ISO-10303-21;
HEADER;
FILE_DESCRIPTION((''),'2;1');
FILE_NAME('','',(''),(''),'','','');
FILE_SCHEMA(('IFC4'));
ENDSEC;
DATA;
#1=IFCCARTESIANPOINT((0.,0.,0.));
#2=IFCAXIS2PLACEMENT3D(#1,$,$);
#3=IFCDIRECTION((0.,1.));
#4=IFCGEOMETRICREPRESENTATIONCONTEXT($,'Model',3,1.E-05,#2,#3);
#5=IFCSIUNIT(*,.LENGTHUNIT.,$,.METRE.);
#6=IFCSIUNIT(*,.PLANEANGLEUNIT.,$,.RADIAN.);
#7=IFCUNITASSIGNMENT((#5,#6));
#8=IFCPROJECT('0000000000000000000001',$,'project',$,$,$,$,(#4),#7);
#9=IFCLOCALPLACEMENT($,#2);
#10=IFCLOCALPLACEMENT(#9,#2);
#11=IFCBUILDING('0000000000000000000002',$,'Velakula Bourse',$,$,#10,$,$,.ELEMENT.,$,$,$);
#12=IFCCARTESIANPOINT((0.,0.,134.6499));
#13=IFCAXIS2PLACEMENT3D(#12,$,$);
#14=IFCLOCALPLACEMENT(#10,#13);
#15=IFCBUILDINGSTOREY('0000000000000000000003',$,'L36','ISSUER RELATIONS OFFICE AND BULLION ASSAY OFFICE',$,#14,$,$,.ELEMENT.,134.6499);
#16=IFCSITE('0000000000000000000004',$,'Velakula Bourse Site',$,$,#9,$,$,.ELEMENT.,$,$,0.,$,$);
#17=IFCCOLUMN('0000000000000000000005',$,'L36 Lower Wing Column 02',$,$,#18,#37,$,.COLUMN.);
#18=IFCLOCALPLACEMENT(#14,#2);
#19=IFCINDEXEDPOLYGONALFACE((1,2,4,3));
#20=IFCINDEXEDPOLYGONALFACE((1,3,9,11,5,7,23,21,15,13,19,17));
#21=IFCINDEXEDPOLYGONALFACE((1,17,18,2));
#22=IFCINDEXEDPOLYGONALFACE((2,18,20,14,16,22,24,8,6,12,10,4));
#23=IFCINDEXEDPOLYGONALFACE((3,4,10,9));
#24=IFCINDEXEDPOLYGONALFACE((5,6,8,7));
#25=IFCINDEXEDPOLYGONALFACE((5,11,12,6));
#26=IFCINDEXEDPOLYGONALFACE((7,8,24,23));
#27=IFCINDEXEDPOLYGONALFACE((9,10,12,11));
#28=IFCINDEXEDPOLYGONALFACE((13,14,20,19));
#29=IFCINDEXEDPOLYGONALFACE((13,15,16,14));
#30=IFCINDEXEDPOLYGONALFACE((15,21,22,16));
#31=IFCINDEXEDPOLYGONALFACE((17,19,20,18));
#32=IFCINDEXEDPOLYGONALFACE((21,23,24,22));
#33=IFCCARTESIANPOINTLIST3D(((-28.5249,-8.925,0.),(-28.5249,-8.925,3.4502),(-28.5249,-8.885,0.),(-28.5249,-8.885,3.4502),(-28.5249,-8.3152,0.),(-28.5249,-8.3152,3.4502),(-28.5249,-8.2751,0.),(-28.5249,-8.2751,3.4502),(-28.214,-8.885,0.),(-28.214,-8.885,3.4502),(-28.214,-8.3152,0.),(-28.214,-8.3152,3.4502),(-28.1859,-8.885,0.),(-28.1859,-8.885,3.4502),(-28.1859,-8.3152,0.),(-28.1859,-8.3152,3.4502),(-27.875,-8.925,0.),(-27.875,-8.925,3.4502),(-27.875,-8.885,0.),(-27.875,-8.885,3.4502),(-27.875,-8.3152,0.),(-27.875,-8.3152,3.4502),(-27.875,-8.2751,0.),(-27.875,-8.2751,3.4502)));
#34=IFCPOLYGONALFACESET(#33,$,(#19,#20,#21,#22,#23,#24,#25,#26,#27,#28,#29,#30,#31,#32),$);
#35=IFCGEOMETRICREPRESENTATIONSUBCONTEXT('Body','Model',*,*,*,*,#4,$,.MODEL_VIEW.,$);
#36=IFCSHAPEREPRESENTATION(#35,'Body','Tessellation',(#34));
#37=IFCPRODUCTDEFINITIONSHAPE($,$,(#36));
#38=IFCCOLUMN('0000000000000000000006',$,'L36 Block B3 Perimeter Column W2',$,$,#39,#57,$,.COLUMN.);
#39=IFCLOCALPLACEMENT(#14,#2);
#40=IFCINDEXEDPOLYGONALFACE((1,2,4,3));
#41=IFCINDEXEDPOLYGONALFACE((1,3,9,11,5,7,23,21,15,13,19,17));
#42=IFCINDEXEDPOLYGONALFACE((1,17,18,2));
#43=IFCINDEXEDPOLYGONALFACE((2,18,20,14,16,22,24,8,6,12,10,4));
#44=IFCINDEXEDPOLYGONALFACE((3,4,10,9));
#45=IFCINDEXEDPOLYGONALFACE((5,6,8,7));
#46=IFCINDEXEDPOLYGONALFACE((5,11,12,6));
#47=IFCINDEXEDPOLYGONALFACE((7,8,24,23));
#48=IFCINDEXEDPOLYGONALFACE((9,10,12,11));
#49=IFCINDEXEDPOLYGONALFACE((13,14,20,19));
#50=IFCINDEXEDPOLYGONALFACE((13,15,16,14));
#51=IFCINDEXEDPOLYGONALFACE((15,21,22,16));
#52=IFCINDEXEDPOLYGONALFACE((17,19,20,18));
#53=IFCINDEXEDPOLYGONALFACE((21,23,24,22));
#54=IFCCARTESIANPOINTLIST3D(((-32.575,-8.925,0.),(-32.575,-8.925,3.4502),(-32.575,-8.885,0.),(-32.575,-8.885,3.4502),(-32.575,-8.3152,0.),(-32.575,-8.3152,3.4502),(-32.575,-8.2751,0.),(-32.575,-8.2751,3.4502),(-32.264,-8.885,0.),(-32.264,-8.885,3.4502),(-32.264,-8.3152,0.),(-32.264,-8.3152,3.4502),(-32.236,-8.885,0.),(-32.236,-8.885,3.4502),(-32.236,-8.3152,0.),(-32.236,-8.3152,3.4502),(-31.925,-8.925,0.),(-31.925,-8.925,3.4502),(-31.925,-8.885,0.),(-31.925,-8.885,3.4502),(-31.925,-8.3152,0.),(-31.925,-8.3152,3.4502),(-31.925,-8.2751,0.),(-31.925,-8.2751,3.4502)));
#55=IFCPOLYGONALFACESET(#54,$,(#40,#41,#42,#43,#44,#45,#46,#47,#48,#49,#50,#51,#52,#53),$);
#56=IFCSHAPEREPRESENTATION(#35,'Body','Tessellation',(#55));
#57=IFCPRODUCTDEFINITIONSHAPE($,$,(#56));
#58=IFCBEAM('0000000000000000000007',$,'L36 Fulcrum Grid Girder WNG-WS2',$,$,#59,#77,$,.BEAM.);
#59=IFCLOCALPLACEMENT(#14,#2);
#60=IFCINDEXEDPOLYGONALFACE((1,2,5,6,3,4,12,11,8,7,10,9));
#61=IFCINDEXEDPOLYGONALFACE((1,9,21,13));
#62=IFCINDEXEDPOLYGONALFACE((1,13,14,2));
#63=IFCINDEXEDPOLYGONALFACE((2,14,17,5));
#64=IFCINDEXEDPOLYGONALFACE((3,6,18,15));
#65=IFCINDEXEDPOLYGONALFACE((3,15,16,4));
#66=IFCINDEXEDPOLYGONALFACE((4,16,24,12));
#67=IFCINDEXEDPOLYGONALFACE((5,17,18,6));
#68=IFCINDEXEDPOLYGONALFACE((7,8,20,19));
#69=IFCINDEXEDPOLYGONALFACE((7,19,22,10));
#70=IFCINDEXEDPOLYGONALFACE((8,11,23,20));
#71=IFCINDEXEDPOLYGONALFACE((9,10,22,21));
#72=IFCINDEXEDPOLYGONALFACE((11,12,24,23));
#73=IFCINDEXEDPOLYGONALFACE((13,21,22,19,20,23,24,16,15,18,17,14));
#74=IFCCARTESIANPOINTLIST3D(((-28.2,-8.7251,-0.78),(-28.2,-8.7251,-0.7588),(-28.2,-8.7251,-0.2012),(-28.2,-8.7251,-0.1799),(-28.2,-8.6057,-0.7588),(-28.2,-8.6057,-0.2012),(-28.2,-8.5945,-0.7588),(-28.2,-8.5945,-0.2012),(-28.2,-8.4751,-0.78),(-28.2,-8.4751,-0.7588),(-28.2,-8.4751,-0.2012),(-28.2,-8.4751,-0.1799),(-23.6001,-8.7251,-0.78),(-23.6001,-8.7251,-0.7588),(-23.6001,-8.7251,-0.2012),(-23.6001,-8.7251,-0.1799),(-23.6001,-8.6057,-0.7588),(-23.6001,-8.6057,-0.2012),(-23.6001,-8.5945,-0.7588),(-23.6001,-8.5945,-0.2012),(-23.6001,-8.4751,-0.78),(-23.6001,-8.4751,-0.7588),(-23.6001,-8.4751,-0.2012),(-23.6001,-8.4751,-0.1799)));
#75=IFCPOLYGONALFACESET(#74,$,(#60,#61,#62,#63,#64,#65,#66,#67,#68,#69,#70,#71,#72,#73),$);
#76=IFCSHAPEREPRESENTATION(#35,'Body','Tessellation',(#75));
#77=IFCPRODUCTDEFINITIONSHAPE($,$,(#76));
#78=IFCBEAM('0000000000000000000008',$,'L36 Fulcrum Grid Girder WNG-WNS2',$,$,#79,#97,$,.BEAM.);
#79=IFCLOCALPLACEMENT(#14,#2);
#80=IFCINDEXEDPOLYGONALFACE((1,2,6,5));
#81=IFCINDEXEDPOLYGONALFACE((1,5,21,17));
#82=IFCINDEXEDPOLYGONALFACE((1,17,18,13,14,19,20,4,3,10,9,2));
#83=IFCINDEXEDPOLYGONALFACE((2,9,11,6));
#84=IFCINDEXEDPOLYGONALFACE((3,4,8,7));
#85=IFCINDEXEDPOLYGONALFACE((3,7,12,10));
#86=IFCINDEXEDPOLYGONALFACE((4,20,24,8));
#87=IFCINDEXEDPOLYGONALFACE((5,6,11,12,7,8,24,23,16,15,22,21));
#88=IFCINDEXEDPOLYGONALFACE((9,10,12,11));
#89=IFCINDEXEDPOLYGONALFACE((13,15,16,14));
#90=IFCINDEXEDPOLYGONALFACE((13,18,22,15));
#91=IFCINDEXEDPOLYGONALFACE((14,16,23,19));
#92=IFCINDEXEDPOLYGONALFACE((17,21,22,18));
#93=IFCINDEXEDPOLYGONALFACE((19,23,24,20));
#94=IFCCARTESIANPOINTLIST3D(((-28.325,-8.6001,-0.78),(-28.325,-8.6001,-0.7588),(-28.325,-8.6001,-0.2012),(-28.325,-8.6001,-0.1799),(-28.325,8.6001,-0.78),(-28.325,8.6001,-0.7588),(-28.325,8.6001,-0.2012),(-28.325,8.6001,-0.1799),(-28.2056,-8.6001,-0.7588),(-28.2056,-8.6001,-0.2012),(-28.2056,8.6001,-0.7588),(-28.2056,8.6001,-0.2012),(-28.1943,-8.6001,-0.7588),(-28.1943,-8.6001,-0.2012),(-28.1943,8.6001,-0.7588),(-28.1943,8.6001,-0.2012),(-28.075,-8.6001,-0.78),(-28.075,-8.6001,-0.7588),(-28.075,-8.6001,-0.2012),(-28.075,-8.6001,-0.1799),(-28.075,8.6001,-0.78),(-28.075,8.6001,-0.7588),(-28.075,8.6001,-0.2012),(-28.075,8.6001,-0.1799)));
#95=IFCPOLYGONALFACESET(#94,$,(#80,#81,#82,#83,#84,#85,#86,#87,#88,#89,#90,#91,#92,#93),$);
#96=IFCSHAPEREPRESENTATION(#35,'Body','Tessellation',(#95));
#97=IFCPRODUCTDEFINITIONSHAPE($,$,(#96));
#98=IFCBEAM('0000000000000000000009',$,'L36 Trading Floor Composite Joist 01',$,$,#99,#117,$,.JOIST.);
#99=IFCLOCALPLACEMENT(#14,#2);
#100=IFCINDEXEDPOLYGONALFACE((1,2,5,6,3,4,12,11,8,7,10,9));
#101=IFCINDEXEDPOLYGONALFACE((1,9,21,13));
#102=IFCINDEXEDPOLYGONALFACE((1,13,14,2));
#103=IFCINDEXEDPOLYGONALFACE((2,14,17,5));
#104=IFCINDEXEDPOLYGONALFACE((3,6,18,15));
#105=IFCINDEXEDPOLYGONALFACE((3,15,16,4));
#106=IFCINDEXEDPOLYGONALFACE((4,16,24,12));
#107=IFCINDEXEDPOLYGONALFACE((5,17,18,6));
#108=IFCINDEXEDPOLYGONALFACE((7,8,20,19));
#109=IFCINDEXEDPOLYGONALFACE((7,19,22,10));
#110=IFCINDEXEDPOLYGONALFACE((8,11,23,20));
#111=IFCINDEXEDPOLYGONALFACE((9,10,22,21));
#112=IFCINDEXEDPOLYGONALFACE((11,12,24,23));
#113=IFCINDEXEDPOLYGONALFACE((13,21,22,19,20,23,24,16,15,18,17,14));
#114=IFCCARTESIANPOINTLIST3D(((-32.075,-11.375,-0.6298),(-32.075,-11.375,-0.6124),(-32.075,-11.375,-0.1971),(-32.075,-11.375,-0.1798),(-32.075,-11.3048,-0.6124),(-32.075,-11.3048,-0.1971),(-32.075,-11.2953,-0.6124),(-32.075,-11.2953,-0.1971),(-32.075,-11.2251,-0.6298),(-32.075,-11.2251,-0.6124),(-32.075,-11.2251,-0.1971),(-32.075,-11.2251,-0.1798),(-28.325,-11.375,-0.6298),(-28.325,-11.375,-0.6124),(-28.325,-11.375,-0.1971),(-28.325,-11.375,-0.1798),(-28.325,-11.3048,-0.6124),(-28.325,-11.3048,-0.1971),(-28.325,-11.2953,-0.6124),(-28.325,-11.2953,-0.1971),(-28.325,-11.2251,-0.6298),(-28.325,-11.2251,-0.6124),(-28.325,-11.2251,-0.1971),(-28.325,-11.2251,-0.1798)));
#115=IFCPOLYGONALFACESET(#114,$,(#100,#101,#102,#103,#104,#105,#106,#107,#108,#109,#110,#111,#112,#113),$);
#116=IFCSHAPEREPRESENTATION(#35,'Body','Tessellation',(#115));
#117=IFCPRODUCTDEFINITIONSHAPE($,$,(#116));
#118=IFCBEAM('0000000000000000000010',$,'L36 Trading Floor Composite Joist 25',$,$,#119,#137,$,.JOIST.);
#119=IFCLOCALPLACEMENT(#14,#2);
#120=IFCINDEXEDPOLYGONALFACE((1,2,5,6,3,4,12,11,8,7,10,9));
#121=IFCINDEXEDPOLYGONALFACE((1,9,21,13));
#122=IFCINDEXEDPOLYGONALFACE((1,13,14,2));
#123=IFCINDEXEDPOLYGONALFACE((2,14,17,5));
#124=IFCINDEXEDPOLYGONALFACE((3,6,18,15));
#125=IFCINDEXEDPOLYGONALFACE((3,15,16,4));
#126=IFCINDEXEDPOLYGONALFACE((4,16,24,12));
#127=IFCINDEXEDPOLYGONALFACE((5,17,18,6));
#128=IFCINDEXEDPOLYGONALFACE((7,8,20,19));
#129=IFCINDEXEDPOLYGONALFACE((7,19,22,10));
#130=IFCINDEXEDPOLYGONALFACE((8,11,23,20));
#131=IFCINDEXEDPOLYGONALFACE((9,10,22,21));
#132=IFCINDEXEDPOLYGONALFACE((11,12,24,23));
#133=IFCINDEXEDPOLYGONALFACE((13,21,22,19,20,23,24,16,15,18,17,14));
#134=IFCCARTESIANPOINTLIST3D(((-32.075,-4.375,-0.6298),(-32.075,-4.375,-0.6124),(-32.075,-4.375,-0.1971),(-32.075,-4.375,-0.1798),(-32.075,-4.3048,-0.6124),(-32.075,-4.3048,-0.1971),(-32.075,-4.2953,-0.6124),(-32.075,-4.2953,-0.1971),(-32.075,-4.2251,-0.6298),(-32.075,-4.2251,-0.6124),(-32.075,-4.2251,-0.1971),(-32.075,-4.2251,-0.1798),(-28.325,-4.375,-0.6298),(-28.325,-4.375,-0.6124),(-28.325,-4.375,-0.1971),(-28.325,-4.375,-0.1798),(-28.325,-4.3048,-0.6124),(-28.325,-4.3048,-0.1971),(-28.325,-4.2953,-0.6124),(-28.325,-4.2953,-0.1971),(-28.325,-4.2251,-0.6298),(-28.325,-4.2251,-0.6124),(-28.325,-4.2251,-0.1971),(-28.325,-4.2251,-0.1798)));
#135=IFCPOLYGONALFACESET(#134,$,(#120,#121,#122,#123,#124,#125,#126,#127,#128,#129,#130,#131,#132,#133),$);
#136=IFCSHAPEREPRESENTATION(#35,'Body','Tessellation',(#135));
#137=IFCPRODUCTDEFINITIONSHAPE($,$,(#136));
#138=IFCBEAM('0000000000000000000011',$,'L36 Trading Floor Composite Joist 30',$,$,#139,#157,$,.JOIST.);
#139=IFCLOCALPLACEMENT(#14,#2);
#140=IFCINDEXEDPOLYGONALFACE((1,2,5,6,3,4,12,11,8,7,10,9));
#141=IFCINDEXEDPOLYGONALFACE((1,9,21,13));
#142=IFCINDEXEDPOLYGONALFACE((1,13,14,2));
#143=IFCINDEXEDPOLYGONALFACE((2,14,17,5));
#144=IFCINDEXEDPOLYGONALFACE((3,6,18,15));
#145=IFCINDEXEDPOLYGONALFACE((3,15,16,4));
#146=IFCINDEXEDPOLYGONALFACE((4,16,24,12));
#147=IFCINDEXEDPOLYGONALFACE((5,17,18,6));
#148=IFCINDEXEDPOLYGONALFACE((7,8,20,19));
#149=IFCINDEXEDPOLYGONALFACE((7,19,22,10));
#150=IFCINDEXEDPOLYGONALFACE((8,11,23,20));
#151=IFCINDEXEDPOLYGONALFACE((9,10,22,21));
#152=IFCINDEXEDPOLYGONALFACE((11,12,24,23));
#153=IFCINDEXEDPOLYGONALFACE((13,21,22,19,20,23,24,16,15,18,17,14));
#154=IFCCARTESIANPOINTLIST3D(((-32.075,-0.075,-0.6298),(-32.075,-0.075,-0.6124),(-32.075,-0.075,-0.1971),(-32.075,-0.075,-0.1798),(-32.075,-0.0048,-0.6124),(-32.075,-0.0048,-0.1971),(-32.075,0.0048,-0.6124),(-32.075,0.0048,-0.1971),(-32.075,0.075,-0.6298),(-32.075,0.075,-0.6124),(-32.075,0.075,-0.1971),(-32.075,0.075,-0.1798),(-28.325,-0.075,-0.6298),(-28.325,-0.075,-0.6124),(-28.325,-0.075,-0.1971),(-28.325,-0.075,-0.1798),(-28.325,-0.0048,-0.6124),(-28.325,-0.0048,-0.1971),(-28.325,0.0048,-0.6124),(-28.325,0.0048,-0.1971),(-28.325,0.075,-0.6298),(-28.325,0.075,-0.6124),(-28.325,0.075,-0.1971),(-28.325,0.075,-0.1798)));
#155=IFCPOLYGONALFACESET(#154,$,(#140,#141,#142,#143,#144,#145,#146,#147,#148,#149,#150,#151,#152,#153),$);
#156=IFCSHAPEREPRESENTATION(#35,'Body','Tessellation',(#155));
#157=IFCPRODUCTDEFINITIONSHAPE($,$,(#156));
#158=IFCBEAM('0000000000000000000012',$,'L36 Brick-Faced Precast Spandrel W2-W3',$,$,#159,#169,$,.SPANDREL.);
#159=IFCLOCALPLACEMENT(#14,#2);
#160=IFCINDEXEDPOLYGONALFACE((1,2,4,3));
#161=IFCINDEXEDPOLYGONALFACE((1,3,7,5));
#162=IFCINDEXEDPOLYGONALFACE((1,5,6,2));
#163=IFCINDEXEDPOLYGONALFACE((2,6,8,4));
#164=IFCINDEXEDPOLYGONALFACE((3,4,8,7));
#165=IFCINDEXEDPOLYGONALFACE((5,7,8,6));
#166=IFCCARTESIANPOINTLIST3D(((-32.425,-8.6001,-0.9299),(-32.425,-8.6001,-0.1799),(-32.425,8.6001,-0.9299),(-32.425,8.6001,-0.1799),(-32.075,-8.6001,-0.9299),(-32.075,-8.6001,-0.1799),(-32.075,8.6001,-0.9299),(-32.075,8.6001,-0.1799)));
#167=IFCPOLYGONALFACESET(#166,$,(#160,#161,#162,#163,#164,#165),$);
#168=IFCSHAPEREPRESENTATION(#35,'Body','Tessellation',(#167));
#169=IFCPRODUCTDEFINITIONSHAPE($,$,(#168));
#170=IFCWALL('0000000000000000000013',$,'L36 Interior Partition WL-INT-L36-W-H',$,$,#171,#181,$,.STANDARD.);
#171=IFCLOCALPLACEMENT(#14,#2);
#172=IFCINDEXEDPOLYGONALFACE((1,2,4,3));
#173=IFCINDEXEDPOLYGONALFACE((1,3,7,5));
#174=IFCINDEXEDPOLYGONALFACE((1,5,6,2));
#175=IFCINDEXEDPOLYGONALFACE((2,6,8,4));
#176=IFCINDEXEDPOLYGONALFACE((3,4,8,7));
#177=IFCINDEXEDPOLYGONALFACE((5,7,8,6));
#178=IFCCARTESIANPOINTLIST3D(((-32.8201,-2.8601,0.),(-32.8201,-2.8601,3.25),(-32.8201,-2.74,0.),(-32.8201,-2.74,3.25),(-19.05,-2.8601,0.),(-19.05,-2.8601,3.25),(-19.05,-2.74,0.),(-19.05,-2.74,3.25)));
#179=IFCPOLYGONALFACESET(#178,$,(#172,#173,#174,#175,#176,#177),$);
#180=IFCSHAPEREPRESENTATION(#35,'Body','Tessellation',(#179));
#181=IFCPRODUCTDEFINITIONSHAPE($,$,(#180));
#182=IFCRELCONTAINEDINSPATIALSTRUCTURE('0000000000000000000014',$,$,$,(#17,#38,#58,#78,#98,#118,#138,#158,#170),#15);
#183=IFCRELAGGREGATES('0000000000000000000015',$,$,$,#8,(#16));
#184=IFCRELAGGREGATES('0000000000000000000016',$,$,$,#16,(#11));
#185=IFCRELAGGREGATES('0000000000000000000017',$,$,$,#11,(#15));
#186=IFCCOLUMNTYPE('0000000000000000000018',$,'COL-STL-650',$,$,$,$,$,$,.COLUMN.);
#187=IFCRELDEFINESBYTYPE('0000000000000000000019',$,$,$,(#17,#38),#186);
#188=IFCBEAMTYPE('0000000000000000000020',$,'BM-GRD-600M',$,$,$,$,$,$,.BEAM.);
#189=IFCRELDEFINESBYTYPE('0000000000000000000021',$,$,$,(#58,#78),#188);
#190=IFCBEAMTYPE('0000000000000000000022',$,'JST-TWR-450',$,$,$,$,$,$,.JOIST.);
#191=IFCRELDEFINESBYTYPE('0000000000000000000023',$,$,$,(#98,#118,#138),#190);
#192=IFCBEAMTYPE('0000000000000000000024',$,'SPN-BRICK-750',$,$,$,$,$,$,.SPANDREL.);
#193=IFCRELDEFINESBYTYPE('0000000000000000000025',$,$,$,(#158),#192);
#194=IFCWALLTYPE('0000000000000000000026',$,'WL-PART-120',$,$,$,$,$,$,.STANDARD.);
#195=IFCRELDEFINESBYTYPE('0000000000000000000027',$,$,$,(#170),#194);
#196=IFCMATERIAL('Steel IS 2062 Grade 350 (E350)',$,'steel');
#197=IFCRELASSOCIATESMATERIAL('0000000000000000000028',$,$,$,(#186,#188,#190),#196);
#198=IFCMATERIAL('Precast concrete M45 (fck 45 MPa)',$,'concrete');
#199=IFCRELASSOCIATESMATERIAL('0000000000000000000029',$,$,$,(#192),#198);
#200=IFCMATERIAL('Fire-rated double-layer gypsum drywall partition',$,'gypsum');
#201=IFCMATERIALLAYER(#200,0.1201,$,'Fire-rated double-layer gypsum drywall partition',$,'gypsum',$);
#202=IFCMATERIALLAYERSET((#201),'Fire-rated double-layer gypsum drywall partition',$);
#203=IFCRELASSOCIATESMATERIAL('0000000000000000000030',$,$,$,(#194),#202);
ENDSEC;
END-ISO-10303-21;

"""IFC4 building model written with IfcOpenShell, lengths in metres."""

from ifc_helpers import new_model, si_unit, direction, frame, frame_2d, origin, origin_2d, place, context, subcontext, project, spatial, rectangle, i_section, extrude, material, layer, layer_set, material_profile, profile_set, type_object, element, save


model = new_model("IFC4")

# Units and contexts
model_context = context("Model", 3, precision=1e-05, world=origin(), true_north=direction((0.0, 1.0)))
body_context = subcontext(model_context, "Body", "Model", "MODEL_VIEW")
ifc_project = project(units=[si_unit("LENGTHUNIT", "METRE"), si_unit("PLANEANGLEUNIT", "RADIAN")], contexts=[model_context])

# Site, building, storey
site_placement = place(None, origin())
site = spatial("IfcSite", under=ifc_project, at=site_placement, Name="Velakula Bourse Site", CompositionType="ELEMENT", RefElevation=0.0)
building_placement = place(site_placement, origin())
building = spatial("IfcBuilding", under=site, at=building_placement, Name="Velakula Bourse", CompositionType="ELEMENT")
storey_placement = place(building_placement, frame((0.0, 0.0, 134.6499)))
storey = spatial("IfcBuildingStorey", under=building, at=storey_placement, Name="L36", Description="ISSUER RELATIONS OFFICE AND BULLION ASSAY OFFICE", CompositionType="ELEMENT", Elevation=134.6499)

# Columns
ifc_material_1 = material(Name="Steel IS 2062 Grade 350 (E350)", Category="steel")
ifc_material_profile_1 = material_profile(ifc_material_1, i_section(OverallWidth=0.6499, OverallDepth=0.6499, WebThickness=0.0281, FlangeThickness=0.04, at=origin_2d()), Name="Steel IS 2062 Grade 350 (E350)")
ifc_profile_set_1 = profile_set([ifc_material_profile_1], Name="Steel IS 2062 Grade 350 (E350)")
column_type = type_object("IfcColumnType", Name="COL-STL-650", PredefinedType="COLUMN", material=ifc_profile_set_1)
for number, where, z_axis, x_axis, name in (
    (1, (-28.2, -8.6001, 0.0), (0.0, 0.0, 1.0), (1.0, 0.0, 0.0), "L36 Lower Wing Column 02"),
    (2, (-32.25, -8.6001, 0.0), (0.0, 0.0, 1.0), (1.0, 0.0, 0.0), "L36 Block B3 Perimeter Column W2"),
):
    element("IfcColumn", number, at=place(storey_placement, frame(where, z_axis=z_axis, x_axis=x_axis)), inside=storey, type_object=column_type, Name=name, PredefinedType="COLUMN", context=body_context, shape_type="SweptSolid", body=[
        extrude(i_section(OverallWidth=0.6499, OverallDepth=0.6499, WebThickness=0.0281, FlangeThickness=0.04, at=origin_2d()), origin(), (0.0, 0.0, 1.0), 3.4502),
    ])

# Beams
ifc_material_profile_2 = material_profile(ifc_material_1, i_section(OverallWidth=0.25, OverallDepth=0.6001, WebThickness=0.0112, FlangeThickness=0.0212, at=origin_2d()), Name="Steel IS 2062 Grade 350 (E350)")
ifc_profile_set_2 = profile_set([ifc_material_profile_2], Name="Steel IS 2062 Grade 350 (E350)")
beam_type_1 = type_object("IfcBeamType", Name="BM-GRD-600M", PredefinedType="BEAM", material=ifc_profile_set_2)
beam_1_placement = place(storey_placement, frame((-28.2, -8.6001, -0.48), z_axis=(1.0, 0.0, 0.0), x_axis=(0.0, 1.0, 0.0)))
element("IfcBeam", 3, at=beam_1_placement, inside=storey, type_object=beam_type_1, Name="L36 Fulcrum Grid Girder WNG-WS2", PredefinedType="BEAM", context=body_context, shape_type="SweptSolid", body=[
    extrude(i_section(OverallWidth=0.25, OverallDepth=0.6001, WebThickness=0.0112, FlangeThickness=0.0212, at=origin_2d()), origin(), (0.0, 0.0, 1.0), 4.5999),
])
beam_2_placement = place(storey_placement, frame((-28.2, -8.6001, -0.48), z_axis=(0.0, 1.0, 0.0), x_axis=(-1.0, 0.0, 0.0)))
element("IfcBeam", 4, at=beam_2_placement, inside=storey, type_object=beam_type_1, Name="L36 Fulcrum Grid Girder WNG-WNS2", PredefinedType="BEAM", context=body_context, shape_type="SweptSolid", body=[
    extrude(i_section(OverallWidth=0.25, OverallDepth=0.6001, WebThickness=0.0112, FlangeThickness=0.0212, at=origin_2d()), origin(), (0.0, 0.0, 1.0), 17.2002),
])
ifc_material_profile_3 = material_profile(ifc_material_1, i_section(OverallWidth=0.1499, OverallDepth=0.45, WebThickness=0.0095, FlangeThickness=0.0173, at=origin_2d()), Name="Steel IS 2062 Grade 350 (E350)")
ifc_profile_set_3 = profile_set([ifc_material_profile_3], Name="Steel IS 2062 Grade 350 (E350)")
beam_type_2 = type_object("IfcBeamType", Name="JST-TWR-450", PredefinedType="JOIST", material=ifc_profile_set_3)
for number, where, z_axis, x_axis, name in (
    (5, (-32.075, -11.3, -0.4048), (1.0, 0.0, 0.0), (0.0, 1.0, 0.0), "L36 Trading Floor Composite Joist 01"),
    (6, (-32.075, -4.3, -0.4048), (1.0, 0.0, 0.0), (0.0, 1.0, 0.0), "L36 Trading Floor Composite Joist 25"),
    (7, (-32.075, 0.0, -0.4048), (1.0, 0.0, 0.0), (0.0, 1.0, 0.0), "L36 Trading Floor Composite Joist 30"),
):
    element("IfcBeam", number, at=place(storey_placement, frame(where, z_axis=z_axis, x_axis=x_axis)), inside=storey, type_object=beam_type_2, Name=name, PredefinedType="JOIST", context=body_context, shape_type="SweptSolid", body=[
        extrude(i_section(OverallWidth=0.1499, OverallDepth=0.45, WebThickness=0.0095, FlangeThickness=0.0173, at=origin_2d()), origin(), (0.0, 0.0, 1.0), 3.75),
    ])
ifc_material_2 = material(Name="Precast concrete M45 (fck 45 MPa)", Category="concrete")
ifc_material_profile_4 = material_profile(ifc_material_2, rectangle(XDim=0.3501, YDim=0.75, at=origin_2d()), Name="Precast concrete M45 (fck 45 MPa)")
ifc_profile_set_4 = profile_set([ifc_material_profile_4], Name="Precast concrete M45 (fck 45 MPa)")
beam_type_3 = type_object("IfcBeamType", Name="SPN-BRICK-750", PredefinedType="SPANDREL", material=ifc_profile_set_4)
beam_3_placement = place(storey_placement, frame((-32.25, -8.6001, -0.5549), z_axis=(0.0, 1.0, 0.0), x_axis=(-1.0, 0.0, 0.0)))
element("IfcBeam", 8, at=beam_3_placement, inside=storey, type_object=beam_type_3, Name="L36 Brick-Faced Precast Spandrel W2-W3", PredefinedType="SPANDREL", context=body_context, shape_type="SweptSolid", body=[
    extrude(rectangle(XDim=0.3501, YDim=0.75, at=origin_2d()), origin(), (0.0, 0.0, 1.0), 17.2002),
])

# Wall
ifc_material_3 = material(Name="Fire-rated double-layer gypsum drywall partition", Category="gypsum")
ifc_layer_1 = layer(ifc_material_3, 0.1201, Name="Fire-rated double-layer gypsum drywall partition", Category="gypsum")
ifc_layer_set_1 = layer_set([ifc_layer_1], Name="Fire-rated double-layer gypsum drywall partition")
wall_type_1 = type_object("IfcWallType", Name="WL-PART-120", PredefinedType="STANDARD", material=ifc_layer_set_1)
wall_1_placement = place(storey_placement, frame((-32.8201, -2.8, 0.0), z_axis=(0.0, 0.0, 1.0), x_axis=(1.0, 0.0, 0.0)))
element("IfcWall", 9, at=wall_1_placement, inside=storey, type_object=wall_type_1, Name="L36 Interior Partition WL-INT-L36-W-H", PredefinedType="STANDARD", context=body_context, shape_type="SweptSolid", body=[
    extrude(rectangle(XDim=13.77, YDim=0.1201, at=frame_2d((6.885, 0.0))), origin(), (0.0, 0.0, 1.0), 3.25),
])

save(model, "model.ifc")
